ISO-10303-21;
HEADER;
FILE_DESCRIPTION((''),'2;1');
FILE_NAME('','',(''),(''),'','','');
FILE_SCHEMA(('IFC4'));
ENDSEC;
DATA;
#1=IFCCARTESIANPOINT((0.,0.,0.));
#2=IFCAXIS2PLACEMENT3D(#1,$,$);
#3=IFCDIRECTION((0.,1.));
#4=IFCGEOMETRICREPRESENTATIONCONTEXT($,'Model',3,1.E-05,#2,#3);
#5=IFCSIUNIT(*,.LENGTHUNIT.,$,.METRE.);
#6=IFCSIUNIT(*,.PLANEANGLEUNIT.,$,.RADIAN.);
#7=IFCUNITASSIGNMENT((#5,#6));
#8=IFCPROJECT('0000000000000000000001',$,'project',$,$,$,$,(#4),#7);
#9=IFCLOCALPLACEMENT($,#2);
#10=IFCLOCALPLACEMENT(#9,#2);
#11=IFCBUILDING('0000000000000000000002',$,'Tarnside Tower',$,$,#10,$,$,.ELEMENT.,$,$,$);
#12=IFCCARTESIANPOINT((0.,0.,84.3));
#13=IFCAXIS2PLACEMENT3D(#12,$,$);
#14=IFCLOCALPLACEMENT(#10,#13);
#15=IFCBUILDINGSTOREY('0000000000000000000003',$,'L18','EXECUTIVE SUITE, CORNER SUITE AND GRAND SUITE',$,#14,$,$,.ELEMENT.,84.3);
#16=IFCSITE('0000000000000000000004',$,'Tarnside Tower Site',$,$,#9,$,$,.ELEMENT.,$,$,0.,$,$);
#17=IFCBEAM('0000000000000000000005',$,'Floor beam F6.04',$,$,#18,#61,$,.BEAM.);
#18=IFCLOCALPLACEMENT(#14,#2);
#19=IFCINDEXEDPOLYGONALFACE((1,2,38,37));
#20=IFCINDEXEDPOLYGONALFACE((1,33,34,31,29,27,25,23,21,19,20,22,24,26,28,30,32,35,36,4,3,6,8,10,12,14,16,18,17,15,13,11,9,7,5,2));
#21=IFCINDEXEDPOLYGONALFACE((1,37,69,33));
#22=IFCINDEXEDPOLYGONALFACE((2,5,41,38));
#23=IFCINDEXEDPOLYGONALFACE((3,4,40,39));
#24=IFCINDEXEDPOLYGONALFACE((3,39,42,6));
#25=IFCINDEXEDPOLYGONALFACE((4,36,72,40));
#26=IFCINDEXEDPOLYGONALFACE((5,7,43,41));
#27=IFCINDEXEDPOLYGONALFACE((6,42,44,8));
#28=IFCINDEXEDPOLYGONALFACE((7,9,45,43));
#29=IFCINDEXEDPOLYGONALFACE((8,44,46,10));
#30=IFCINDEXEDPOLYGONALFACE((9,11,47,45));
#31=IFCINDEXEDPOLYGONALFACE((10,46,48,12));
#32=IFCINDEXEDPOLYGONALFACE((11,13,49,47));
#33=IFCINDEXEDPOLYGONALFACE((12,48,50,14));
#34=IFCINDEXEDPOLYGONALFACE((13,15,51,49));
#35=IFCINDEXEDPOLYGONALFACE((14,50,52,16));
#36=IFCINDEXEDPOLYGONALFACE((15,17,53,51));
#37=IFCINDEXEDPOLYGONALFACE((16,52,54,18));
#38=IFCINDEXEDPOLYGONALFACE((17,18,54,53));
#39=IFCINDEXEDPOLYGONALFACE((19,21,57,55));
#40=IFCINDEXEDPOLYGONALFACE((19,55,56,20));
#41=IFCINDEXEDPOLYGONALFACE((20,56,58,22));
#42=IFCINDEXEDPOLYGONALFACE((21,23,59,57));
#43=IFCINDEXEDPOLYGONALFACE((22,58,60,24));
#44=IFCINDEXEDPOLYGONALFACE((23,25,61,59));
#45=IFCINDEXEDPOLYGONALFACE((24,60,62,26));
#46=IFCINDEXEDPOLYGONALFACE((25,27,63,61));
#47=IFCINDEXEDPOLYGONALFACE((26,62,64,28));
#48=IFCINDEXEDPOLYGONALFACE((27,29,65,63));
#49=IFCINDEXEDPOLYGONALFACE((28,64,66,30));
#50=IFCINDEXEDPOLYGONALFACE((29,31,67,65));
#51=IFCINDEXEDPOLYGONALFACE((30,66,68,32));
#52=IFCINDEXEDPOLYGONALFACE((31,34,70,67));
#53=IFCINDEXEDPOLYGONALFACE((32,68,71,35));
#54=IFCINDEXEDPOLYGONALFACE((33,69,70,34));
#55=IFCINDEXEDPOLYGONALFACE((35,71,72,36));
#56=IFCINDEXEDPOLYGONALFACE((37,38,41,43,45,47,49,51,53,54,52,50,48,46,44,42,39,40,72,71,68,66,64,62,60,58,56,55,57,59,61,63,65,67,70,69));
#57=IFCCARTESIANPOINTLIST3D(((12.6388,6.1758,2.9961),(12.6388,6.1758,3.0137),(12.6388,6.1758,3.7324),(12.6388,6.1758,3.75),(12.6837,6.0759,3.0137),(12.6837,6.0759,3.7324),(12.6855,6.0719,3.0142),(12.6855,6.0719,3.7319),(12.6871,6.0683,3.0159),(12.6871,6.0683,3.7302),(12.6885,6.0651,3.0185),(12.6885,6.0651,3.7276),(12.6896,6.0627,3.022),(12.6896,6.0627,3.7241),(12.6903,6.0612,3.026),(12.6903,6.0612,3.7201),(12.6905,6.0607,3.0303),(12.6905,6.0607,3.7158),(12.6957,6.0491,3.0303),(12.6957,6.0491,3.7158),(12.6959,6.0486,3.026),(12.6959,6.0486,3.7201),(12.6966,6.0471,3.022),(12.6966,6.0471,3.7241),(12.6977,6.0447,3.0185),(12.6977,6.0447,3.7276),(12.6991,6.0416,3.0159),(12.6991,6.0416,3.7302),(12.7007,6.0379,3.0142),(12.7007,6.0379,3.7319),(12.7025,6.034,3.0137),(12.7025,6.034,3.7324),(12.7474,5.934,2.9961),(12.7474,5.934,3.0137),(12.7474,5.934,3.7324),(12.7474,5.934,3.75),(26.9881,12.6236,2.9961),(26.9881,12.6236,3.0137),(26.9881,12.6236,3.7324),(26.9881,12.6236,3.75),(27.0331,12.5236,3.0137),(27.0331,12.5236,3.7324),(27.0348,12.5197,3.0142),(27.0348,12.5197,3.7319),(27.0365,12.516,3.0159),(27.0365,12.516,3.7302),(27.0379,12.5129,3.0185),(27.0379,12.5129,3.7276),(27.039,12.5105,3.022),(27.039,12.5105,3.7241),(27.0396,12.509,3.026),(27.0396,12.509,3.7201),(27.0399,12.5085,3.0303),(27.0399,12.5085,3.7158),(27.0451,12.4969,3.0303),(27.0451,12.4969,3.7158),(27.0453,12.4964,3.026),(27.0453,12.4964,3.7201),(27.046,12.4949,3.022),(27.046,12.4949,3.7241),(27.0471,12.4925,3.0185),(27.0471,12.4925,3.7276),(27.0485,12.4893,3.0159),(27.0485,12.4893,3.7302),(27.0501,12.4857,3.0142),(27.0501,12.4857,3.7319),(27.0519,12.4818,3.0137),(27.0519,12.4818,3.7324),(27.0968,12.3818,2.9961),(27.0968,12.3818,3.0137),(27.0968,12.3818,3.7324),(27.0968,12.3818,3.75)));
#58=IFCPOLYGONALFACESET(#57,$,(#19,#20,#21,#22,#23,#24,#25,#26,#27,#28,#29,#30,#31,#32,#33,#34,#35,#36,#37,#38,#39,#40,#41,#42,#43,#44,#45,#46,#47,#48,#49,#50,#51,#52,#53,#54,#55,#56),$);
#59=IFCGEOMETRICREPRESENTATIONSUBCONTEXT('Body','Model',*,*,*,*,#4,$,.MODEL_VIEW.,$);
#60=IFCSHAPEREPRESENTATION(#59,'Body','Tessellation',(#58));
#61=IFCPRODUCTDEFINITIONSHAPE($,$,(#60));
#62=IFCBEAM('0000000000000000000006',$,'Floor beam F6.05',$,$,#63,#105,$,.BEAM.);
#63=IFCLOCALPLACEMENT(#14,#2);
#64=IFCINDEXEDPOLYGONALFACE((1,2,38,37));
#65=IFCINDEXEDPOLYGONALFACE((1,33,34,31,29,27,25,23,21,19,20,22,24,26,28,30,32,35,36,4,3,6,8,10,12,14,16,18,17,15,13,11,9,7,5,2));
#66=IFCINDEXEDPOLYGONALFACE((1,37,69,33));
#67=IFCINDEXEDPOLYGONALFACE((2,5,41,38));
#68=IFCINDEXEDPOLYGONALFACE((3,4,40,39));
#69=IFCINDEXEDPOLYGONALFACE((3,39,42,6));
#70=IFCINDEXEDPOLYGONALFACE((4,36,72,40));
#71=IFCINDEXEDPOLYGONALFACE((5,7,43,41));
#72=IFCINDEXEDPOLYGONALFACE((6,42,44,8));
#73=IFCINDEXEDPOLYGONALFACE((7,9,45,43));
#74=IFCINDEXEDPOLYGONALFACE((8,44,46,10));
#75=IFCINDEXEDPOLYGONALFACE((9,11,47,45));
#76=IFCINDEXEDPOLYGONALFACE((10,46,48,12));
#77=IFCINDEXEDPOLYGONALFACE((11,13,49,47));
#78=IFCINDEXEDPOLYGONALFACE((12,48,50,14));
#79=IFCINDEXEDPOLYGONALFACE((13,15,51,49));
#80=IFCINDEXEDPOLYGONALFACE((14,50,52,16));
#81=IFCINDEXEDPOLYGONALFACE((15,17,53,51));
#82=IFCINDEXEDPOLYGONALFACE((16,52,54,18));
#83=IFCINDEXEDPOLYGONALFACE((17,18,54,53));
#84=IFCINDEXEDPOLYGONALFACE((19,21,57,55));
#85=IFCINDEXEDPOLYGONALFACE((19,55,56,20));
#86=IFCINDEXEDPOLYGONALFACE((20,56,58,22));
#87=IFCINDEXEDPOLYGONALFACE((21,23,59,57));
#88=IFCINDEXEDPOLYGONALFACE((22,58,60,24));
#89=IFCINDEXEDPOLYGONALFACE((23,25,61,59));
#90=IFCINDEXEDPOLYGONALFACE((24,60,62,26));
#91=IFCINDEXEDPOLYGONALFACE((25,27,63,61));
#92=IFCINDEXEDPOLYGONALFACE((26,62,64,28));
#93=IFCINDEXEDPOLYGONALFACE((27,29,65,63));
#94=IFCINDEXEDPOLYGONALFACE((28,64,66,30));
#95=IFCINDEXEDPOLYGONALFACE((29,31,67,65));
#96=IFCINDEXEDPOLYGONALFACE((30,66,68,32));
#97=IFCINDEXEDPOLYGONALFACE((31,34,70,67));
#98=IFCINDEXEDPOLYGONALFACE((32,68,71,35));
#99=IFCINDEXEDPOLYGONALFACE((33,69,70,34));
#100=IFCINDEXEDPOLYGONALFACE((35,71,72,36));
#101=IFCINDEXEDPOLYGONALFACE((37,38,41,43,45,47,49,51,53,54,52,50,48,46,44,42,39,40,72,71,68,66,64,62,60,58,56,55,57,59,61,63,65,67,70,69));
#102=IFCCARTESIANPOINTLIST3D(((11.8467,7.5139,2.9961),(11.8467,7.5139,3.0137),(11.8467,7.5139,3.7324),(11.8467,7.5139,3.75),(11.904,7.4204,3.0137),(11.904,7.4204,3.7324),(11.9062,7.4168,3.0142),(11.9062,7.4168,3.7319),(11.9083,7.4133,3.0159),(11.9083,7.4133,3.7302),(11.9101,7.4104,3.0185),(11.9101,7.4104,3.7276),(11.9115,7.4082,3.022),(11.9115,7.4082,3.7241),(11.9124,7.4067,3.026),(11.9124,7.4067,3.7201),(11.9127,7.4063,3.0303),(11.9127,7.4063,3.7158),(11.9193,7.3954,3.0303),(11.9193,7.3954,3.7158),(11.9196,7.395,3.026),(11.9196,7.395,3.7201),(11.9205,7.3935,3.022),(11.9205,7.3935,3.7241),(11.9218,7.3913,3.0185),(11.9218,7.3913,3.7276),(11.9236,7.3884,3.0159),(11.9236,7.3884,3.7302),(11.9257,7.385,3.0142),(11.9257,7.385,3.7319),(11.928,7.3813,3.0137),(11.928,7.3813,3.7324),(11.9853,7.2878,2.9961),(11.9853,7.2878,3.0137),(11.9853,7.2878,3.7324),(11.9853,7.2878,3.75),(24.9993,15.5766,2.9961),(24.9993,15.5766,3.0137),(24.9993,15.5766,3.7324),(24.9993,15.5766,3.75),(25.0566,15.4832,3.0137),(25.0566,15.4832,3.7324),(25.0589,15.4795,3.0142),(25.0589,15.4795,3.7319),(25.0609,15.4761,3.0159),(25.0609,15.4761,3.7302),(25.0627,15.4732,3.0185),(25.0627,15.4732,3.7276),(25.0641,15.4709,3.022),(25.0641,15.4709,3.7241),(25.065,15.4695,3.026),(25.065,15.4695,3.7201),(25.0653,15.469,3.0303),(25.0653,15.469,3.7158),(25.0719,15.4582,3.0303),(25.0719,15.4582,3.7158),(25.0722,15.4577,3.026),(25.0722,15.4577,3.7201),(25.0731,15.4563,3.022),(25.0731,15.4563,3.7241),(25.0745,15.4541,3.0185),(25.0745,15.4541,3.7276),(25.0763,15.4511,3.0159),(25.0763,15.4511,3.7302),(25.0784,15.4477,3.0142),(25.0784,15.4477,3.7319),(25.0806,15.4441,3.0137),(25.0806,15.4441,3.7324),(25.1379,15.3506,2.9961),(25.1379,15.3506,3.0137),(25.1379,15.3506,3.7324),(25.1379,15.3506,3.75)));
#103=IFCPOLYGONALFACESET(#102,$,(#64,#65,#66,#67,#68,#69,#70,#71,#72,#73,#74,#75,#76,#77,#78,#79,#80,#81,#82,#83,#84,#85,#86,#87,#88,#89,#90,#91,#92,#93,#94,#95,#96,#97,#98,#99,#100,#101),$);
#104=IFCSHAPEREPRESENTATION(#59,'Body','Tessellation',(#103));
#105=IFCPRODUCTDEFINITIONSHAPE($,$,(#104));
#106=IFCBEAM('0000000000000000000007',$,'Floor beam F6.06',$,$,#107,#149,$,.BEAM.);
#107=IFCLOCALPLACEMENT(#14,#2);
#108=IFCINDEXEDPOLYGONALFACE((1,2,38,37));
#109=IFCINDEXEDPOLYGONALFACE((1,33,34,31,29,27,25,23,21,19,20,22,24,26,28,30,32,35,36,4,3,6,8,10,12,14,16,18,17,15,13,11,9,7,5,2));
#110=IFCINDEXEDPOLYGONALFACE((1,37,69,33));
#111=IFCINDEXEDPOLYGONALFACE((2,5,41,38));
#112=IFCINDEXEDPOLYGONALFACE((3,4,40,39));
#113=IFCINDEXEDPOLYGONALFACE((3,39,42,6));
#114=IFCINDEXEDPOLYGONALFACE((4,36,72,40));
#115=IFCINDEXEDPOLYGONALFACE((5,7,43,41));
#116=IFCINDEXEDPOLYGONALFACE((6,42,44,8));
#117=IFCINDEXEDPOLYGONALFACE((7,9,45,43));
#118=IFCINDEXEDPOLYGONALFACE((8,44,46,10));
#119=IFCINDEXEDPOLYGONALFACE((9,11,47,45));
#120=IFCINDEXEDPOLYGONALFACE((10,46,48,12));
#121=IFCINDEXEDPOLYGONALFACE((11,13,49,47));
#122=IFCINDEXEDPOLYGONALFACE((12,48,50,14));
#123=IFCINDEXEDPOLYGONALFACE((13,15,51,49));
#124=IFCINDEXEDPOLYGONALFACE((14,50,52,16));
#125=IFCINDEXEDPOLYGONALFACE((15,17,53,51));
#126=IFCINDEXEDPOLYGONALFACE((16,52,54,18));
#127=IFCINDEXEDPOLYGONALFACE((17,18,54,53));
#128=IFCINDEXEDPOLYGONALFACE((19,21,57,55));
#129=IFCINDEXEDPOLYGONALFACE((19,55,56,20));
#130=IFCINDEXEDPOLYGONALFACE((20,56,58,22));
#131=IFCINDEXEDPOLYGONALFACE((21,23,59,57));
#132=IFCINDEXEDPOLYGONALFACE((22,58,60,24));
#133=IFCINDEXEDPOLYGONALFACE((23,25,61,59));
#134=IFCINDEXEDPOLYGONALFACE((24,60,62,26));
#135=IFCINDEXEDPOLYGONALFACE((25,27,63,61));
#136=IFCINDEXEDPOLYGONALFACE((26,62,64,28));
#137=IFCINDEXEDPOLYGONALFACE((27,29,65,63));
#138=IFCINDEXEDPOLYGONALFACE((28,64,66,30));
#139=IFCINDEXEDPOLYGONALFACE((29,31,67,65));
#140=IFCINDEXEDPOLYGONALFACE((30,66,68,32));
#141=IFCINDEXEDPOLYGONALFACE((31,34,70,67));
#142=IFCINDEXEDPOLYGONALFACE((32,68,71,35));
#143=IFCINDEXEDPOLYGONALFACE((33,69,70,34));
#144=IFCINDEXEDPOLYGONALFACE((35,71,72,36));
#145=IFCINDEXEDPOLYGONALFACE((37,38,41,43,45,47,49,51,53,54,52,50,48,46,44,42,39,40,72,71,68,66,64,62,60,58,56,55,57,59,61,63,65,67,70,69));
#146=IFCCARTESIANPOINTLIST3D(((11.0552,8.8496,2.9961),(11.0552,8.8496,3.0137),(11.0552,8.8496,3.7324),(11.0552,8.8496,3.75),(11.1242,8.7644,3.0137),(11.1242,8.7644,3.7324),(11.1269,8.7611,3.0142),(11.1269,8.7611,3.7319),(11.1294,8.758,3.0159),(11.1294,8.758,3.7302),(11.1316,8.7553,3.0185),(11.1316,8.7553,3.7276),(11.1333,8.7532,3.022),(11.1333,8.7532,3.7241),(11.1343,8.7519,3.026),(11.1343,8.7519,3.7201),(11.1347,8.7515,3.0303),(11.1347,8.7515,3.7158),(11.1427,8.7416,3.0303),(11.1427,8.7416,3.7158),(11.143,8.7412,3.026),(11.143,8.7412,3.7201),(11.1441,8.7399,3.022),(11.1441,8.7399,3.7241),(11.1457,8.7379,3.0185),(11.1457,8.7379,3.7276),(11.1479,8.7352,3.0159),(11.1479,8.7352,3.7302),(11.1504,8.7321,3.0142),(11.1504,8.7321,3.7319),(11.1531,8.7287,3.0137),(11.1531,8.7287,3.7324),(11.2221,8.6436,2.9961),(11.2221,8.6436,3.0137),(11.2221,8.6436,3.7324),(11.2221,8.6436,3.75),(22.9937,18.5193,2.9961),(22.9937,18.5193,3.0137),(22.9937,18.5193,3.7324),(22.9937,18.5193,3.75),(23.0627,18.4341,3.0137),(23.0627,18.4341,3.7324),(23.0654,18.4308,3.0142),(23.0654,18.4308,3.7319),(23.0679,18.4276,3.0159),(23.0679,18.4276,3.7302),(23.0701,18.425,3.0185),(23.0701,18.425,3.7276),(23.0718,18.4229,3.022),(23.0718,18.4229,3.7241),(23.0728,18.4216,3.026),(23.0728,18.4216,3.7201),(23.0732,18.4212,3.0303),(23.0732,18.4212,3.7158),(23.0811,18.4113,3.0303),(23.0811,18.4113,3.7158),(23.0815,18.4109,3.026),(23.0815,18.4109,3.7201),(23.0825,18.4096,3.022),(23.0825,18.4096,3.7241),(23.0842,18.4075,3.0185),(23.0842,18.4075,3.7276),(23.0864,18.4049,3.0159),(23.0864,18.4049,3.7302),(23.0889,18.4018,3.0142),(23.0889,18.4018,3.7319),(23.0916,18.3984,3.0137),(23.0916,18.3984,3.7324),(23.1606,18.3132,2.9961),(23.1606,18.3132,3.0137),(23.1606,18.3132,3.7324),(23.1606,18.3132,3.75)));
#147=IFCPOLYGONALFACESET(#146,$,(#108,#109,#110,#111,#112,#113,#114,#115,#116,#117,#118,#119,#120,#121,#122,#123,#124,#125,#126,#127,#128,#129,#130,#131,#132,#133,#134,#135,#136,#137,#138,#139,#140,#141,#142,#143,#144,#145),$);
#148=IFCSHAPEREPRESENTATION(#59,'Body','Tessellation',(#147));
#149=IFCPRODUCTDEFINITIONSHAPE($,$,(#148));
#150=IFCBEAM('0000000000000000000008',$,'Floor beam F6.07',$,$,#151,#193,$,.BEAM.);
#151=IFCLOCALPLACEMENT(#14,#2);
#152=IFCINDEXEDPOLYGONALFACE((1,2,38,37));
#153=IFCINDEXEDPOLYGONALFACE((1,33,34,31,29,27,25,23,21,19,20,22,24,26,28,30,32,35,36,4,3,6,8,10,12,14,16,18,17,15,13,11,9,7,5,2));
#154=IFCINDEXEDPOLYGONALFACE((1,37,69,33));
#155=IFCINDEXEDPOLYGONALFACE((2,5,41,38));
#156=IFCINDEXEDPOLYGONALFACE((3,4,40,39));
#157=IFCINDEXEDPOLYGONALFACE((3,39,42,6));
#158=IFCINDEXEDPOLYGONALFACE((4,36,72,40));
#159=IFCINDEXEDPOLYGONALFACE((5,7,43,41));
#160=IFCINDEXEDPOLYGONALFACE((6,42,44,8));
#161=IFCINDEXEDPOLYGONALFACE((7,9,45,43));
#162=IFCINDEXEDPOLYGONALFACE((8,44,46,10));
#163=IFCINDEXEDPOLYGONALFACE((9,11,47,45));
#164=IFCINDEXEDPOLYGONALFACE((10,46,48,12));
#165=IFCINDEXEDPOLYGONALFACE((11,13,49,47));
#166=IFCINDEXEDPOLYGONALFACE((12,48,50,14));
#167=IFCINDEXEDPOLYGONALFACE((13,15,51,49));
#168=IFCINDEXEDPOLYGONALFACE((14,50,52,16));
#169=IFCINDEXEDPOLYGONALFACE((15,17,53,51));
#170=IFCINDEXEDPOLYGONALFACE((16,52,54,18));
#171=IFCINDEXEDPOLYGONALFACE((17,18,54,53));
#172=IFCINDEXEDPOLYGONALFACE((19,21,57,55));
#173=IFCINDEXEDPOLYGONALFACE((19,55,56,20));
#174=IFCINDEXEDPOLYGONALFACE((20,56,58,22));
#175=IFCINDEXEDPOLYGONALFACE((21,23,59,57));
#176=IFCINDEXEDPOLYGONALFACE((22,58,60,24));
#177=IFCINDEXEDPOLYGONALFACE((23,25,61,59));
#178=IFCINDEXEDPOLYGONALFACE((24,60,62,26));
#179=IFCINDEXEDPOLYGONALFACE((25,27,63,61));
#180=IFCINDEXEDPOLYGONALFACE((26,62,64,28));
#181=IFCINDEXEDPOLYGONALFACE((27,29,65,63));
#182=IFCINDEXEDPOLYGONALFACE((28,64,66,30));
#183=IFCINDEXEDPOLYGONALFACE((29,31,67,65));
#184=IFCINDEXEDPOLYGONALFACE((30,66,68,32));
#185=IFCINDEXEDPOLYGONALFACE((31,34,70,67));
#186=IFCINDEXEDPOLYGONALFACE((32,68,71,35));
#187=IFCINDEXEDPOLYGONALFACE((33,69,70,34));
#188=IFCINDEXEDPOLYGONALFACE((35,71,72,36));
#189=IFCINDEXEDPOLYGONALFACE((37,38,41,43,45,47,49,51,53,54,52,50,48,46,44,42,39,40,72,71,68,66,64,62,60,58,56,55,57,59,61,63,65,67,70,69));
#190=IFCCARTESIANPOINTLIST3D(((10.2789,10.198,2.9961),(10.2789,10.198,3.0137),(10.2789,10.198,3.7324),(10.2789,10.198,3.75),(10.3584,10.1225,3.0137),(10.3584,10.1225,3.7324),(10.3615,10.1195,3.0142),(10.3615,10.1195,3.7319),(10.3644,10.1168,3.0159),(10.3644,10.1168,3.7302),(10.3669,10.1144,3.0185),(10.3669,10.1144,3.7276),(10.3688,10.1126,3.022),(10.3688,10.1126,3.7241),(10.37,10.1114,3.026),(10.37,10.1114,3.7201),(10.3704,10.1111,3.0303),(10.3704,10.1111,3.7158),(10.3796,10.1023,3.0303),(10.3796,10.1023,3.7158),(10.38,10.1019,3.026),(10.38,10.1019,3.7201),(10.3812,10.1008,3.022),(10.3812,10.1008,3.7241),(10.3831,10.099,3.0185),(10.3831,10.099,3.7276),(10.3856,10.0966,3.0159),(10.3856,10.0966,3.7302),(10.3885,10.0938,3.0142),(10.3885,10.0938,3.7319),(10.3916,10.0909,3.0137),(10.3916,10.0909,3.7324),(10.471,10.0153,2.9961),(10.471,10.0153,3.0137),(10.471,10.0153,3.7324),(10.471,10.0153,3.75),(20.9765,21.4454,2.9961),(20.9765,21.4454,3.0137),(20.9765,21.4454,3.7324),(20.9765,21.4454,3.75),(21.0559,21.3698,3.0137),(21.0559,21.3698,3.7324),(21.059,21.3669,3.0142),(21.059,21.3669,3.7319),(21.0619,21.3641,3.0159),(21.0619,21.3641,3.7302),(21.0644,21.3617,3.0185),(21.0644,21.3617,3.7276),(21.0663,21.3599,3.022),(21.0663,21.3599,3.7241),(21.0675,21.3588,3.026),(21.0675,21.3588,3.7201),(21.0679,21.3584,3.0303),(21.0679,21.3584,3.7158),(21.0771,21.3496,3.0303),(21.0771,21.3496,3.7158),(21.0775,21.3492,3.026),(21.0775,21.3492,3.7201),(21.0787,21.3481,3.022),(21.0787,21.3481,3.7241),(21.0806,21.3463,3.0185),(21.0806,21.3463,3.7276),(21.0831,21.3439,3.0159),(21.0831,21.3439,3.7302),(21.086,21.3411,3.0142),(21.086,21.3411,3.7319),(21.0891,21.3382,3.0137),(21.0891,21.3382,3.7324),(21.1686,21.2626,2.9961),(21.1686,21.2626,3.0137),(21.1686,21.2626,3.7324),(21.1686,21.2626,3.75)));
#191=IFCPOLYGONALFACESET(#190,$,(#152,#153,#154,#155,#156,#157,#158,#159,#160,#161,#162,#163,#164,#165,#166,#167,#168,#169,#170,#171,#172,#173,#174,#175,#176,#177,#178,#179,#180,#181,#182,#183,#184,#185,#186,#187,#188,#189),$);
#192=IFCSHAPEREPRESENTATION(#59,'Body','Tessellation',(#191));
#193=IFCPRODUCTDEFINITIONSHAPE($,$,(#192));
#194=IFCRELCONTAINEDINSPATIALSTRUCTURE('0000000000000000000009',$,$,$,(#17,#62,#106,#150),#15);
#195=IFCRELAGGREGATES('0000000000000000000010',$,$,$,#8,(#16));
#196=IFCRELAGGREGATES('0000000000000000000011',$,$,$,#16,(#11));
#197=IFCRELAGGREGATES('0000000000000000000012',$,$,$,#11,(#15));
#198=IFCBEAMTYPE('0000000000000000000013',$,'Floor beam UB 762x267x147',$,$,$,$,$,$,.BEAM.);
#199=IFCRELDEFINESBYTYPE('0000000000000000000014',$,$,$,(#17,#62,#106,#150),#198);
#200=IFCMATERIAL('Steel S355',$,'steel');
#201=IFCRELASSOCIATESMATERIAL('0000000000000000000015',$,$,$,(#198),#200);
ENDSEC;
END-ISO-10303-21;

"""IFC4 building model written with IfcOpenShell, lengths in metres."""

from ifc_helpers import new_model, si_unit, direction, frame, origin, origin_2d, place, context, subcontext, project, spatial, i_section, extrude, material, material_profile, profile_set, type_object, element, save


model = new_model("IFC4")

# Units and contexts
model_context = context("Model", 3, precision=1e-05, world=origin(), true_north=direction((0.0, 1.0)))
body_context = subcontext(model_context, "Body", "Model", "MODEL_VIEW")
ifc_project = project(units=[si_unit("LENGTHUNIT", "METRE"), si_unit("PLANEANGLEUNIT", "RADIAN")], contexts=[model_context])

# Site, building, storey
site_placement = place(None, origin())
site = spatial("IfcSite", under=ifc_project, at=site_placement, Name="Tarnside Tower Site", CompositionType="ELEMENT", RefElevation=0.0)
building_placement = place(site_placement, origin())
building = spatial("IfcBuilding", under=site, at=building_placement, Name="Tarnside Tower", CompositionType="ELEMENT")
storey_placement = place(building_placement, frame((0.0, 0.0, 84.3)))
storey = spatial("IfcBuildingStorey", under=building, at=storey_placement, Name="L18", Description="EXECUTIVE SUITE, CORNER SUITE AND GRAND SUITE", CompositionType="ELEMENT", Elevation=84.3)

# Beams
ifc_material_1 = material(Name="Steel S355", Category="steel")
ifc_material_profile_1 = material_profile(ifc_material_1, i_section(OverallWidth=0.2651, OverallDepth=0.7539, WebThickness=0.0127, FlangeThickness=0.0176, FilletRadius=0.0166, at=origin_2d()), Name="UB 762x267x147")
ifc_profile_set_1 = profile_set([ifc_material_profile_1], Name="Steel S355")
beam_type_1 = type_object("IfcBeamType", Name="Floor beam UB 762x267x147", PredefinedType="BEAM", material=ifc_profile_set_1)
beam_1_placement = place(storey_placement, frame((27.0425, 12.5027, 3.373), z_axis=(-0.912146, -0.409865, 0.0), x_axis=(0.409865, -0.912146, 0.0)))
element("IfcBeam", 1, at=beam_1_placement, inside=storey, type_object=beam_type_1, Name="Floor beam F6.04", PredefinedType="BEAM", context=body_context, shape_type="SweptSolid", body=[
    extrude(i_section(OverallWidth=0.2651, OverallDepth=0.7539, WebThickness=0.0127, FlangeThickness=0.0176, FilletRadius=0.0166, at=origin_2d()), origin(), (0.0, 0.0, 1.0), 15.7314),
])
beam_2_placement = place(storey_placement, frame((25.0686, 15.4636, 3.373), z_axis=(-0.852558, -0.522632, 0.0), x_axis=(0.522632, -0.852558, 0.0)))
element("IfcBeam", 2, at=beam_2_placement, inside=storey, type_object=beam_type_1, Name="Floor beam F6.05", PredefinedType="BEAM", context=body_context, shape_type="SweptSolid", body=[
    extrude(i_section(OverallWidth=0.2651, OverallDepth=0.7539, WebThickness=0.0127, FlangeThickness=0.0176, FilletRadius=0.0166, at=origin_2d()), origin(), (0.0, 0.0, 1.0), 15.4272),
])
beam_3_placement = place(storey_placement, frame((23.0771, 18.4163, 3.373), z_axis=(-0.777079, -0.629403, 0.0), x_axis=(0.629403, -0.777079, 0.0)))
element("IfcBeam", 3, at=beam_3_placement, inside=storey, type_object=beam_type_1, Name="Floor beam F6.06", PredefinedType="BEAM", context=body_context, shape_type="SweptSolid", body=[
    extrude(i_section(OverallWidth=0.2651, OverallDepth=0.7539, WebThickness=0.0127, FlangeThickness=0.0176, FilletRadius=0.0166, at=origin_2d()), origin(), (0.0, 0.0, 1.0), 15.3633),
])
beam_4_placement = place(storey_placement, frame((21.0725, 21.354, 3.373), z_axis=(-0.689175, -0.724595, 0.0), x_axis=(0.724595, -0.689175, 0.0)))
element("IfcBeam", 4, at=beam_4_placement, inside=storey, type_object=beam_type_1, Name="Floor beam F6.07", PredefinedType="BEAM", context=body_context, shape_type="SweptSolid", body=[
    extrude(i_section(OverallWidth=0.2651, OverallDepth=0.7539, WebThickness=0.0127, FlangeThickness=0.0176, FilletRadius=0.0166, at=origin_2d()), origin(), (0.0, 0.0, 1.0), 15.5222),
])

save(model, "model.ifc")
